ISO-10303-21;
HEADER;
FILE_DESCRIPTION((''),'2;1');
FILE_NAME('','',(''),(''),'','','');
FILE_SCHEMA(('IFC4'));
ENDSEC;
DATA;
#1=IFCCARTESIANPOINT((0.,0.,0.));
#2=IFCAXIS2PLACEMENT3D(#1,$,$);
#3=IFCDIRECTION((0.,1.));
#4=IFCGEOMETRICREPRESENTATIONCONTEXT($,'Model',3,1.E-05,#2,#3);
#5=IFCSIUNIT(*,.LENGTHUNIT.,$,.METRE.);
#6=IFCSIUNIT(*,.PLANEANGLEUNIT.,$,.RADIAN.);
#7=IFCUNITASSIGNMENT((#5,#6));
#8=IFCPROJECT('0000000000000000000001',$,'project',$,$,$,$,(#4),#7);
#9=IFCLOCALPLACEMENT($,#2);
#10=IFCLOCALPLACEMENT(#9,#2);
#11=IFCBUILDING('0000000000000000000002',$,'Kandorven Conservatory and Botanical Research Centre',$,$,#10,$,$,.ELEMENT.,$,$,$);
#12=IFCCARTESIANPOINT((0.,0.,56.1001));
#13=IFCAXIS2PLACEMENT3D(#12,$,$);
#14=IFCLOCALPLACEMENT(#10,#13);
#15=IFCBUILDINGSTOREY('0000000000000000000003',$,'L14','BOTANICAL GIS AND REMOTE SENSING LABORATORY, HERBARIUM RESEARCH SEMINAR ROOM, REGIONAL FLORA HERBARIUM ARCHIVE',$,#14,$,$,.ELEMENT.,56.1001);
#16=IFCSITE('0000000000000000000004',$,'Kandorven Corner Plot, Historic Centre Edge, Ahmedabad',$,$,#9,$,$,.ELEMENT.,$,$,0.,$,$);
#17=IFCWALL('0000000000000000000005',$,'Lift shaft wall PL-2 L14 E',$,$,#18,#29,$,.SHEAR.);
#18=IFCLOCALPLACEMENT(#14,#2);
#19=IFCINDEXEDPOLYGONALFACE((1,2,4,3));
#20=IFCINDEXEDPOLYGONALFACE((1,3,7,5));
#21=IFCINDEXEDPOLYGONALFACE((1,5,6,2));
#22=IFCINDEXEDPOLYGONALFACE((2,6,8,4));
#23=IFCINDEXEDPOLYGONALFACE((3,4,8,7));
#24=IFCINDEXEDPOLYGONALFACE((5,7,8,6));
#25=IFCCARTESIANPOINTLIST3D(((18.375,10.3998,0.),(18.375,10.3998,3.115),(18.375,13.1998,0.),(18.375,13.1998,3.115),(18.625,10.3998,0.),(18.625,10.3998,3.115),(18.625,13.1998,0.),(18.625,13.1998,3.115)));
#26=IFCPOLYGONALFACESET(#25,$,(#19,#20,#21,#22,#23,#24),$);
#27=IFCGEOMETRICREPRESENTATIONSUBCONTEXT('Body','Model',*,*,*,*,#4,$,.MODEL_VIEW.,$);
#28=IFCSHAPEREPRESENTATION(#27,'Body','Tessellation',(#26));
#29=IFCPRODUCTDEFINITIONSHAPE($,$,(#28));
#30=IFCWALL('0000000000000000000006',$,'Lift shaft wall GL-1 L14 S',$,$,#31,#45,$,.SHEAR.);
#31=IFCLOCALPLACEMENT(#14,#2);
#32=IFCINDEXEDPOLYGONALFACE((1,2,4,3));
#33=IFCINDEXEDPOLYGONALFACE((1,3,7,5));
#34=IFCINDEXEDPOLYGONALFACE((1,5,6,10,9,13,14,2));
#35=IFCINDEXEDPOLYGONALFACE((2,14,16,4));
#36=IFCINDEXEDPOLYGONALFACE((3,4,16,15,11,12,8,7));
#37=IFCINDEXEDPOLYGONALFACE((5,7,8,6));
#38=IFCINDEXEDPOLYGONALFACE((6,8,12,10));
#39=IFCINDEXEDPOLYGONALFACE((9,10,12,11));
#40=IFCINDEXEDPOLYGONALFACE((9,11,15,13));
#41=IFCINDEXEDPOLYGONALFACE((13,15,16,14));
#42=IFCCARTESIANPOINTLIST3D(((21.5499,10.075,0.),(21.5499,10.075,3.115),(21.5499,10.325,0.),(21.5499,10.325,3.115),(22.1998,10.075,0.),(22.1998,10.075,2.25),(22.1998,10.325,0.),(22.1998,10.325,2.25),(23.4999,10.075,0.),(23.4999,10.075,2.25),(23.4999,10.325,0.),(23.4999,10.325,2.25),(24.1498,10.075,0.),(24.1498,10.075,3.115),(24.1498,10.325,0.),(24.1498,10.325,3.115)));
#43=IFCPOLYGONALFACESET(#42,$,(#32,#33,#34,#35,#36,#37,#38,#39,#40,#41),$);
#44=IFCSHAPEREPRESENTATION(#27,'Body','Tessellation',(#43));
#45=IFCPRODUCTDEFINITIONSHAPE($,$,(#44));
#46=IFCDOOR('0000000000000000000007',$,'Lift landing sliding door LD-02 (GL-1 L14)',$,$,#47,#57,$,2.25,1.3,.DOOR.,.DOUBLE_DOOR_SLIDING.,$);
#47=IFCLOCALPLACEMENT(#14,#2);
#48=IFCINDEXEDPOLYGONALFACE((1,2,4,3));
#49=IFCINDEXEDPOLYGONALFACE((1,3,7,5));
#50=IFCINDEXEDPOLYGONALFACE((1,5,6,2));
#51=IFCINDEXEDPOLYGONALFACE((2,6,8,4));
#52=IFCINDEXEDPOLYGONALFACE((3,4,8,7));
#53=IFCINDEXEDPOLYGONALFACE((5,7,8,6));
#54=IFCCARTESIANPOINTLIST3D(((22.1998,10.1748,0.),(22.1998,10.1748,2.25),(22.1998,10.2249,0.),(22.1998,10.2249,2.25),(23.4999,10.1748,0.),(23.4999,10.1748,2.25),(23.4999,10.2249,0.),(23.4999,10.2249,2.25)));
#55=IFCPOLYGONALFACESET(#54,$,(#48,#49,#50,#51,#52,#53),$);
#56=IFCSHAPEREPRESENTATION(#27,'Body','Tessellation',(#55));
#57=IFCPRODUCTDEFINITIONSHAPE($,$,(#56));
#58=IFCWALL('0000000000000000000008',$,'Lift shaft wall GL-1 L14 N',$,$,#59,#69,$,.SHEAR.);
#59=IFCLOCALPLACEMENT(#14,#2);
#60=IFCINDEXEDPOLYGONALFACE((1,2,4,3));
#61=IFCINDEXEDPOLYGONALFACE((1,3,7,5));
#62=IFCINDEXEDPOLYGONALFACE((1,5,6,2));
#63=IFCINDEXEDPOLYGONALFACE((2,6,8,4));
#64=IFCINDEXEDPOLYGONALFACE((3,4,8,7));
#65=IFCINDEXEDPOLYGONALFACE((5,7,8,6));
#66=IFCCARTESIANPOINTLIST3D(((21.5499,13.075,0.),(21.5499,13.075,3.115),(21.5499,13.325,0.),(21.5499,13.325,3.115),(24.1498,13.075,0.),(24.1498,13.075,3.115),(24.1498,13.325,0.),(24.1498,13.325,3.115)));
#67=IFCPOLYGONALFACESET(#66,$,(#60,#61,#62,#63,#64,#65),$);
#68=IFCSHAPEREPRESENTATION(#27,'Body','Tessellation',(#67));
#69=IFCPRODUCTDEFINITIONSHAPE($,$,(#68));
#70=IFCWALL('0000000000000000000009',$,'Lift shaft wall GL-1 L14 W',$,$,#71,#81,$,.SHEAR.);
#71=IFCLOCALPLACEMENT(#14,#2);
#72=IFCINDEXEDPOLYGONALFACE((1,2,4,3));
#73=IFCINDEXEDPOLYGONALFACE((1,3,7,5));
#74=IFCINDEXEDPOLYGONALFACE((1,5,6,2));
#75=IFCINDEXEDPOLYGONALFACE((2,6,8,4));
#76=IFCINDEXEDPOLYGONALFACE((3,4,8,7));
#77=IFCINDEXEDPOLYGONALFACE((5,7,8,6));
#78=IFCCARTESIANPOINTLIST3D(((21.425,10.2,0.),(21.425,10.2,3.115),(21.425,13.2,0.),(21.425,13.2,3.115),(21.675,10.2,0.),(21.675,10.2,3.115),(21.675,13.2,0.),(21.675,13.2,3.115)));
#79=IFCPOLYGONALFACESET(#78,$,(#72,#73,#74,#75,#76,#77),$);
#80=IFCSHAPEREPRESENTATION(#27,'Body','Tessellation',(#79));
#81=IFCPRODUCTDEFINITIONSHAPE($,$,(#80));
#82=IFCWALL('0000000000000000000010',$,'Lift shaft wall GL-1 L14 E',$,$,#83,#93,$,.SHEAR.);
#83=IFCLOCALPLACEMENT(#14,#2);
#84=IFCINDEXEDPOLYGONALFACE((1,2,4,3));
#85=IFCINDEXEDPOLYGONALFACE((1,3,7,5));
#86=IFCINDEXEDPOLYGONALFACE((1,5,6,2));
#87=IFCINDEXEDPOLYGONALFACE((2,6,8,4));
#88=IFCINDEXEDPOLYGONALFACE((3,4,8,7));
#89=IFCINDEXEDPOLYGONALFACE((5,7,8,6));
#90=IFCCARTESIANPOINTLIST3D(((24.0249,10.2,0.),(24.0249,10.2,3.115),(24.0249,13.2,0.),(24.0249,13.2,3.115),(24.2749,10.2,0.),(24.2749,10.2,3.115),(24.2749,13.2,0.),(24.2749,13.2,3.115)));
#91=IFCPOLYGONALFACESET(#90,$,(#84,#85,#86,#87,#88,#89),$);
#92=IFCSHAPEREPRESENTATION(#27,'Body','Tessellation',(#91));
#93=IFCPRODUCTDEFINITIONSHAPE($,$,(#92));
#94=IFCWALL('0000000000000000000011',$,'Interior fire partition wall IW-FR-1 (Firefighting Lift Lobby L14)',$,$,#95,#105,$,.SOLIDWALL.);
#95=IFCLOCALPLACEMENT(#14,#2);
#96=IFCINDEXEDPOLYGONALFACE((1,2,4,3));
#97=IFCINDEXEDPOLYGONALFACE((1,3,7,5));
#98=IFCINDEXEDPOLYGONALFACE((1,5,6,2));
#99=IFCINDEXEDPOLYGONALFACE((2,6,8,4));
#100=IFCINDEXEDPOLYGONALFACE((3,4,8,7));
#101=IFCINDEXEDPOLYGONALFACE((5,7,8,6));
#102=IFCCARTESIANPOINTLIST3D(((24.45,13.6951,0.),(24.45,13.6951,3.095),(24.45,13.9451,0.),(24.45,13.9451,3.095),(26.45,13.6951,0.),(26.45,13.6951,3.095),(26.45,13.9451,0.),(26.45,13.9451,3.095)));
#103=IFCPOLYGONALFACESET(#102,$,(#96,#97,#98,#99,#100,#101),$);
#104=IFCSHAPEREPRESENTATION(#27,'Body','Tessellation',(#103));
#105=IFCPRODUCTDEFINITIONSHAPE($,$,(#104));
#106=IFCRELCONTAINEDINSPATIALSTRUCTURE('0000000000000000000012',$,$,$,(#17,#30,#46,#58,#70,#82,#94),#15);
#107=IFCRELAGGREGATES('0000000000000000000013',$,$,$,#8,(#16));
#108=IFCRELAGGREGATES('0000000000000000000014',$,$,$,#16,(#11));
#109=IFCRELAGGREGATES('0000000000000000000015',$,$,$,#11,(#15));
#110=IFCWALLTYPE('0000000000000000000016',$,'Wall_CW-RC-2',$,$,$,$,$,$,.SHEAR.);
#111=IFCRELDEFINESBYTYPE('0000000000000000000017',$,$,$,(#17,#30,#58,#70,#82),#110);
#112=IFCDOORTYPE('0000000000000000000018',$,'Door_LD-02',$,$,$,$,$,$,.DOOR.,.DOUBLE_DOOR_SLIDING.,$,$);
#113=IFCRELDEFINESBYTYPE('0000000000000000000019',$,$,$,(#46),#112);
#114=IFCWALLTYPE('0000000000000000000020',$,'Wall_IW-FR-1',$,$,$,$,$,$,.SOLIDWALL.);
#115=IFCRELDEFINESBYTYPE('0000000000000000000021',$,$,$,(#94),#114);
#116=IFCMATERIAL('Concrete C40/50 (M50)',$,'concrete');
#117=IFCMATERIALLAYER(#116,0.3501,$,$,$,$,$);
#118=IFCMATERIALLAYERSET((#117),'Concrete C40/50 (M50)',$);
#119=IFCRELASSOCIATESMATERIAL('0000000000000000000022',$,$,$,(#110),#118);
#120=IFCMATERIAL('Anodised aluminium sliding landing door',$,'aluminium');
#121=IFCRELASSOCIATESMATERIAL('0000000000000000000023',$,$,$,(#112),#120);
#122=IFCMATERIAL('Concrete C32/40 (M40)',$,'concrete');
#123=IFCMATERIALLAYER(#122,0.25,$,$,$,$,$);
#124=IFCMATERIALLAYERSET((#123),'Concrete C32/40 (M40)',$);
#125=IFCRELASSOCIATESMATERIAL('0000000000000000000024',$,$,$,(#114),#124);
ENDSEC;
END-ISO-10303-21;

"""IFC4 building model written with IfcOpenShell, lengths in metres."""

from ifc_helpers import new_model, si_unit, direction, frame, frame_2d, origin, place, context, subcontext, project, spatial, rectangle, extrude, material, layer, layer_set, type_object, element, fill, save


model = new_model("IFC4")

# Units and contexts
model_context = context("Model", 3, precision=1e-05, world=origin(), true_north=direction((0.0, 1.0)))
body_context = subcontext(model_context, "Body", "Model", "MODEL_VIEW")
ifc_project = project(units=[si_unit("LENGTHUNIT", "METRE"), si_unit("PLANEANGLEUNIT", "RADIAN")], contexts=[model_context])

# Site, building, storey
site_placement = place(None, origin())
site = spatial("IfcSite", under=ifc_project, at=site_placement, Name="Kandorven Corner Plot, Historic Centre Edge, Ahmedabad", CompositionType="ELEMENT", RefElevation=0.0)
building_placement = place(site_placement, origin())
building = spatial("IfcBuilding", under=site, at=building_placement, Name="Kandorven Conservatory and Botanical Research Centre", CompositionType="ELEMENT")
storey_placement = place(building_placement, frame((0.0, 0.0, 56.1001)))
storey = spatial("IfcBuildingStorey", under=building, at=storey_placement, Name="L14", Description="BOTANICAL GIS AND REMOTE SENSING LABORATORY, HERBARIUM RESEARCH SEMINAR ROOM, REGIONAL FLORA HERBARIUM ARCHIVE", CompositionType="ELEMENT", Elevation=56.1001)

# Shared definitions
ifc_material_1 = material(Name="Concrete C40/50 (M50)", Category="concrete")
ifc_layer_1 = layer(ifc_material_1, 0.3501)
ifc_layer_set_1 = layer_set([ifc_layer_1], Name="Concrete C40/50 (M50)")
wall_type_1 = type_object("IfcWallType", Name="Wall_CW-RC-2", PredefinedType="SHEAR", material=ifc_layer_set_1)

# Wall
wall_1_placement = place(storey_placement, frame((18.5, 10.3999, 0.0), z_axis=(0.0, 0.0, 1.0), x_axis=(0.0, 1.0, 0.0)))
element("IfcWall", 1, at=wall_1_placement, inside=storey, type_object=wall_type_1, Name="Lift shaft wall PL-2 L14 E", PredefinedType="SHEAR", context=body_context, shape_type="SweptSolid", body=[
    extrude(rectangle(XDim=2.8, YDim=0.25, at=frame_2d((1.3999, 0.0))), origin(), (0.0, 0.0, 1.0), 3.115),
])

# Wall, opening, door
wall_2_placement = place(storey_placement, frame((21.55, 10.2, 0.0), z_axis=(0.0, 0.0, 1.0), x_axis=(1.0, 0.0, 0.0)))
wall_2 = element("IfcWall", 2, at=wall_2_placement, inside=storey, type_object=wall_type_1, Name="Lift shaft wall GL-1 L14 S", PredefinedType="SHEAR", context=body_context, shape_type="SweptSolid", body=[
    extrude(rectangle(XDim=2.5999, YDim=0.25, at=frame_2d((1.2998, 0.0))), origin(), (0.0, 0.0, 1.0), 3.115),
])
opening_1_placement = place(wall_2_placement, frame((0.6499, 0.0, 0.0)))
opening_1 = element("IfcOpeningElement", 3, at=opening_1_placement, cuts=wall_2, PredefinedType="OPENING", context=body_context, shape_type="SweptSolid", body=[
    extrude(rectangle(XDim=1.3, YDim=2.25, at=frame_2d((0.6499, 1.125))), frame((0.0, 0.135, 0.0), z_axis=(0.0, -1.0, 0.0), x_axis=(1.0, 0.0, 0.0)), (0.0, 0.0, 1.0), 0.27),
])
ifc_material_2 = material(Name="Anodised aluminium sliding landing door", Category="aluminium")
door_type_1 = type_object("IfcDoorType", Name="Door_LD-02", OperationType="DOUBLE_DOOR_SLIDING", PredefinedType="DOOR", material=ifc_material_2)
door_1_placement = place(opening_1_placement, origin())
door_1 = element("IfcDoor", 4, at=door_1_placement, inside=storey, type_object=door_type_1, Name="Lift landing sliding door LD-02 (GL-1 L14)", OperationType="DOUBLE_DOOR_SLIDING", OverallHeight=2.25, OverallWidth=1.3, PredefinedType="DOOR", context=body_context, shape_type="SweptSolid", body=[
    extrude(rectangle(XDim=1.3, YDim=2.25, at=frame_2d((0.6499, 1.125))), frame((0.0, 0.0249, 0.0), z_axis=(0.0, -1.0, 0.0), x_axis=(1.0, 0.0, 0.0)), (0.0, 0.0, 1.0), 0.05),
])
fill(opening_1, door_1)

# Walls
wall_3_placement = place(storey_placement, frame((21.55, 13.2, 0.0), z_axis=(0.0, 0.0, 1.0), x_axis=(1.0, 0.0, 0.0)))
element("IfcWall", 5, at=wall_3_placement, inside=storey, type_object=wall_type_1, Name="Lift shaft wall GL-1 L14 N", PredefinedType="SHEAR", context=body_context, shape_type="SweptSolid", body=[
    extrude(rectangle(XDim=2.5999, YDim=0.25, at=frame_2d((1.2998, 0.0))), origin(), (0.0, 0.0, 1.0), 3.115),
])
for number, where, z_axis, x_axis, name in (
    (6, (21.55, 10.2, 0.0), (0.0, 0.0, 1.0), (0.0, 1.0, 0.0), "Lift shaft wall GL-1 L14 W"),
    (7, (24.1499, 10.2, 0.0), (0.0, 0.0, 1.0), (0.0, 1.0, 0.0), "Lift shaft wall GL-1 L14 E"),
):
    element("IfcWall", number, at=place(storey_placement, frame(where, z_axis=z_axis, x_axis=x_axis)), inside=storey, type_object=wall_type_1, Name=name, PredefinedType="SHEAR", context=body_context, shape_type="SweptSolid", body=[
        extrude(rectangle(XDim=3.0, YDim=0.25, at=frame_2d((1.5, 0.0))), origin(), (0.0, 0.0, 1.0), 3.115),
    ])
ifc_material_3 = material(Name="Concrete C32/40 (M40)", Category="concrete")
ifc_layer_2 = layer(ifc_material_3, 0.25)
ifc_layer_set_2 = layer_set([ifc_layer_2], Name="Concrete C32/40 (M40)")
wall_type_2 = type_object("IfcWallType", Name="Wall_IW-FR-1", PredefinedType="SOLIDWALL", material=ifc_layer_set_2)
wall_4_placement = place(storey_placement, frame((24.45, 13.8201, 0.0), z_axis=(0.0, 0.0, 1.0), x_axis=(1.0, 0.0, 0.0)))
element("IfcWall", 8, at=wall_4_placement, inside=storey, type_object=wall_type_2, Name="Interior fire partition wall IW-FR-1 (Firefighting Lift Lobby L14)", PredefinedType="SOLIDWALL", context=body_context, shape_type="SweptSolid", body=[
    extrude(rectangle(XDim=2.0, YDim=0.25, at=frame_2d((1.0, 0.0))), origin(), (0.0, 0.0, 1.0), 3.095),
])

save(model, "model.ifc")
